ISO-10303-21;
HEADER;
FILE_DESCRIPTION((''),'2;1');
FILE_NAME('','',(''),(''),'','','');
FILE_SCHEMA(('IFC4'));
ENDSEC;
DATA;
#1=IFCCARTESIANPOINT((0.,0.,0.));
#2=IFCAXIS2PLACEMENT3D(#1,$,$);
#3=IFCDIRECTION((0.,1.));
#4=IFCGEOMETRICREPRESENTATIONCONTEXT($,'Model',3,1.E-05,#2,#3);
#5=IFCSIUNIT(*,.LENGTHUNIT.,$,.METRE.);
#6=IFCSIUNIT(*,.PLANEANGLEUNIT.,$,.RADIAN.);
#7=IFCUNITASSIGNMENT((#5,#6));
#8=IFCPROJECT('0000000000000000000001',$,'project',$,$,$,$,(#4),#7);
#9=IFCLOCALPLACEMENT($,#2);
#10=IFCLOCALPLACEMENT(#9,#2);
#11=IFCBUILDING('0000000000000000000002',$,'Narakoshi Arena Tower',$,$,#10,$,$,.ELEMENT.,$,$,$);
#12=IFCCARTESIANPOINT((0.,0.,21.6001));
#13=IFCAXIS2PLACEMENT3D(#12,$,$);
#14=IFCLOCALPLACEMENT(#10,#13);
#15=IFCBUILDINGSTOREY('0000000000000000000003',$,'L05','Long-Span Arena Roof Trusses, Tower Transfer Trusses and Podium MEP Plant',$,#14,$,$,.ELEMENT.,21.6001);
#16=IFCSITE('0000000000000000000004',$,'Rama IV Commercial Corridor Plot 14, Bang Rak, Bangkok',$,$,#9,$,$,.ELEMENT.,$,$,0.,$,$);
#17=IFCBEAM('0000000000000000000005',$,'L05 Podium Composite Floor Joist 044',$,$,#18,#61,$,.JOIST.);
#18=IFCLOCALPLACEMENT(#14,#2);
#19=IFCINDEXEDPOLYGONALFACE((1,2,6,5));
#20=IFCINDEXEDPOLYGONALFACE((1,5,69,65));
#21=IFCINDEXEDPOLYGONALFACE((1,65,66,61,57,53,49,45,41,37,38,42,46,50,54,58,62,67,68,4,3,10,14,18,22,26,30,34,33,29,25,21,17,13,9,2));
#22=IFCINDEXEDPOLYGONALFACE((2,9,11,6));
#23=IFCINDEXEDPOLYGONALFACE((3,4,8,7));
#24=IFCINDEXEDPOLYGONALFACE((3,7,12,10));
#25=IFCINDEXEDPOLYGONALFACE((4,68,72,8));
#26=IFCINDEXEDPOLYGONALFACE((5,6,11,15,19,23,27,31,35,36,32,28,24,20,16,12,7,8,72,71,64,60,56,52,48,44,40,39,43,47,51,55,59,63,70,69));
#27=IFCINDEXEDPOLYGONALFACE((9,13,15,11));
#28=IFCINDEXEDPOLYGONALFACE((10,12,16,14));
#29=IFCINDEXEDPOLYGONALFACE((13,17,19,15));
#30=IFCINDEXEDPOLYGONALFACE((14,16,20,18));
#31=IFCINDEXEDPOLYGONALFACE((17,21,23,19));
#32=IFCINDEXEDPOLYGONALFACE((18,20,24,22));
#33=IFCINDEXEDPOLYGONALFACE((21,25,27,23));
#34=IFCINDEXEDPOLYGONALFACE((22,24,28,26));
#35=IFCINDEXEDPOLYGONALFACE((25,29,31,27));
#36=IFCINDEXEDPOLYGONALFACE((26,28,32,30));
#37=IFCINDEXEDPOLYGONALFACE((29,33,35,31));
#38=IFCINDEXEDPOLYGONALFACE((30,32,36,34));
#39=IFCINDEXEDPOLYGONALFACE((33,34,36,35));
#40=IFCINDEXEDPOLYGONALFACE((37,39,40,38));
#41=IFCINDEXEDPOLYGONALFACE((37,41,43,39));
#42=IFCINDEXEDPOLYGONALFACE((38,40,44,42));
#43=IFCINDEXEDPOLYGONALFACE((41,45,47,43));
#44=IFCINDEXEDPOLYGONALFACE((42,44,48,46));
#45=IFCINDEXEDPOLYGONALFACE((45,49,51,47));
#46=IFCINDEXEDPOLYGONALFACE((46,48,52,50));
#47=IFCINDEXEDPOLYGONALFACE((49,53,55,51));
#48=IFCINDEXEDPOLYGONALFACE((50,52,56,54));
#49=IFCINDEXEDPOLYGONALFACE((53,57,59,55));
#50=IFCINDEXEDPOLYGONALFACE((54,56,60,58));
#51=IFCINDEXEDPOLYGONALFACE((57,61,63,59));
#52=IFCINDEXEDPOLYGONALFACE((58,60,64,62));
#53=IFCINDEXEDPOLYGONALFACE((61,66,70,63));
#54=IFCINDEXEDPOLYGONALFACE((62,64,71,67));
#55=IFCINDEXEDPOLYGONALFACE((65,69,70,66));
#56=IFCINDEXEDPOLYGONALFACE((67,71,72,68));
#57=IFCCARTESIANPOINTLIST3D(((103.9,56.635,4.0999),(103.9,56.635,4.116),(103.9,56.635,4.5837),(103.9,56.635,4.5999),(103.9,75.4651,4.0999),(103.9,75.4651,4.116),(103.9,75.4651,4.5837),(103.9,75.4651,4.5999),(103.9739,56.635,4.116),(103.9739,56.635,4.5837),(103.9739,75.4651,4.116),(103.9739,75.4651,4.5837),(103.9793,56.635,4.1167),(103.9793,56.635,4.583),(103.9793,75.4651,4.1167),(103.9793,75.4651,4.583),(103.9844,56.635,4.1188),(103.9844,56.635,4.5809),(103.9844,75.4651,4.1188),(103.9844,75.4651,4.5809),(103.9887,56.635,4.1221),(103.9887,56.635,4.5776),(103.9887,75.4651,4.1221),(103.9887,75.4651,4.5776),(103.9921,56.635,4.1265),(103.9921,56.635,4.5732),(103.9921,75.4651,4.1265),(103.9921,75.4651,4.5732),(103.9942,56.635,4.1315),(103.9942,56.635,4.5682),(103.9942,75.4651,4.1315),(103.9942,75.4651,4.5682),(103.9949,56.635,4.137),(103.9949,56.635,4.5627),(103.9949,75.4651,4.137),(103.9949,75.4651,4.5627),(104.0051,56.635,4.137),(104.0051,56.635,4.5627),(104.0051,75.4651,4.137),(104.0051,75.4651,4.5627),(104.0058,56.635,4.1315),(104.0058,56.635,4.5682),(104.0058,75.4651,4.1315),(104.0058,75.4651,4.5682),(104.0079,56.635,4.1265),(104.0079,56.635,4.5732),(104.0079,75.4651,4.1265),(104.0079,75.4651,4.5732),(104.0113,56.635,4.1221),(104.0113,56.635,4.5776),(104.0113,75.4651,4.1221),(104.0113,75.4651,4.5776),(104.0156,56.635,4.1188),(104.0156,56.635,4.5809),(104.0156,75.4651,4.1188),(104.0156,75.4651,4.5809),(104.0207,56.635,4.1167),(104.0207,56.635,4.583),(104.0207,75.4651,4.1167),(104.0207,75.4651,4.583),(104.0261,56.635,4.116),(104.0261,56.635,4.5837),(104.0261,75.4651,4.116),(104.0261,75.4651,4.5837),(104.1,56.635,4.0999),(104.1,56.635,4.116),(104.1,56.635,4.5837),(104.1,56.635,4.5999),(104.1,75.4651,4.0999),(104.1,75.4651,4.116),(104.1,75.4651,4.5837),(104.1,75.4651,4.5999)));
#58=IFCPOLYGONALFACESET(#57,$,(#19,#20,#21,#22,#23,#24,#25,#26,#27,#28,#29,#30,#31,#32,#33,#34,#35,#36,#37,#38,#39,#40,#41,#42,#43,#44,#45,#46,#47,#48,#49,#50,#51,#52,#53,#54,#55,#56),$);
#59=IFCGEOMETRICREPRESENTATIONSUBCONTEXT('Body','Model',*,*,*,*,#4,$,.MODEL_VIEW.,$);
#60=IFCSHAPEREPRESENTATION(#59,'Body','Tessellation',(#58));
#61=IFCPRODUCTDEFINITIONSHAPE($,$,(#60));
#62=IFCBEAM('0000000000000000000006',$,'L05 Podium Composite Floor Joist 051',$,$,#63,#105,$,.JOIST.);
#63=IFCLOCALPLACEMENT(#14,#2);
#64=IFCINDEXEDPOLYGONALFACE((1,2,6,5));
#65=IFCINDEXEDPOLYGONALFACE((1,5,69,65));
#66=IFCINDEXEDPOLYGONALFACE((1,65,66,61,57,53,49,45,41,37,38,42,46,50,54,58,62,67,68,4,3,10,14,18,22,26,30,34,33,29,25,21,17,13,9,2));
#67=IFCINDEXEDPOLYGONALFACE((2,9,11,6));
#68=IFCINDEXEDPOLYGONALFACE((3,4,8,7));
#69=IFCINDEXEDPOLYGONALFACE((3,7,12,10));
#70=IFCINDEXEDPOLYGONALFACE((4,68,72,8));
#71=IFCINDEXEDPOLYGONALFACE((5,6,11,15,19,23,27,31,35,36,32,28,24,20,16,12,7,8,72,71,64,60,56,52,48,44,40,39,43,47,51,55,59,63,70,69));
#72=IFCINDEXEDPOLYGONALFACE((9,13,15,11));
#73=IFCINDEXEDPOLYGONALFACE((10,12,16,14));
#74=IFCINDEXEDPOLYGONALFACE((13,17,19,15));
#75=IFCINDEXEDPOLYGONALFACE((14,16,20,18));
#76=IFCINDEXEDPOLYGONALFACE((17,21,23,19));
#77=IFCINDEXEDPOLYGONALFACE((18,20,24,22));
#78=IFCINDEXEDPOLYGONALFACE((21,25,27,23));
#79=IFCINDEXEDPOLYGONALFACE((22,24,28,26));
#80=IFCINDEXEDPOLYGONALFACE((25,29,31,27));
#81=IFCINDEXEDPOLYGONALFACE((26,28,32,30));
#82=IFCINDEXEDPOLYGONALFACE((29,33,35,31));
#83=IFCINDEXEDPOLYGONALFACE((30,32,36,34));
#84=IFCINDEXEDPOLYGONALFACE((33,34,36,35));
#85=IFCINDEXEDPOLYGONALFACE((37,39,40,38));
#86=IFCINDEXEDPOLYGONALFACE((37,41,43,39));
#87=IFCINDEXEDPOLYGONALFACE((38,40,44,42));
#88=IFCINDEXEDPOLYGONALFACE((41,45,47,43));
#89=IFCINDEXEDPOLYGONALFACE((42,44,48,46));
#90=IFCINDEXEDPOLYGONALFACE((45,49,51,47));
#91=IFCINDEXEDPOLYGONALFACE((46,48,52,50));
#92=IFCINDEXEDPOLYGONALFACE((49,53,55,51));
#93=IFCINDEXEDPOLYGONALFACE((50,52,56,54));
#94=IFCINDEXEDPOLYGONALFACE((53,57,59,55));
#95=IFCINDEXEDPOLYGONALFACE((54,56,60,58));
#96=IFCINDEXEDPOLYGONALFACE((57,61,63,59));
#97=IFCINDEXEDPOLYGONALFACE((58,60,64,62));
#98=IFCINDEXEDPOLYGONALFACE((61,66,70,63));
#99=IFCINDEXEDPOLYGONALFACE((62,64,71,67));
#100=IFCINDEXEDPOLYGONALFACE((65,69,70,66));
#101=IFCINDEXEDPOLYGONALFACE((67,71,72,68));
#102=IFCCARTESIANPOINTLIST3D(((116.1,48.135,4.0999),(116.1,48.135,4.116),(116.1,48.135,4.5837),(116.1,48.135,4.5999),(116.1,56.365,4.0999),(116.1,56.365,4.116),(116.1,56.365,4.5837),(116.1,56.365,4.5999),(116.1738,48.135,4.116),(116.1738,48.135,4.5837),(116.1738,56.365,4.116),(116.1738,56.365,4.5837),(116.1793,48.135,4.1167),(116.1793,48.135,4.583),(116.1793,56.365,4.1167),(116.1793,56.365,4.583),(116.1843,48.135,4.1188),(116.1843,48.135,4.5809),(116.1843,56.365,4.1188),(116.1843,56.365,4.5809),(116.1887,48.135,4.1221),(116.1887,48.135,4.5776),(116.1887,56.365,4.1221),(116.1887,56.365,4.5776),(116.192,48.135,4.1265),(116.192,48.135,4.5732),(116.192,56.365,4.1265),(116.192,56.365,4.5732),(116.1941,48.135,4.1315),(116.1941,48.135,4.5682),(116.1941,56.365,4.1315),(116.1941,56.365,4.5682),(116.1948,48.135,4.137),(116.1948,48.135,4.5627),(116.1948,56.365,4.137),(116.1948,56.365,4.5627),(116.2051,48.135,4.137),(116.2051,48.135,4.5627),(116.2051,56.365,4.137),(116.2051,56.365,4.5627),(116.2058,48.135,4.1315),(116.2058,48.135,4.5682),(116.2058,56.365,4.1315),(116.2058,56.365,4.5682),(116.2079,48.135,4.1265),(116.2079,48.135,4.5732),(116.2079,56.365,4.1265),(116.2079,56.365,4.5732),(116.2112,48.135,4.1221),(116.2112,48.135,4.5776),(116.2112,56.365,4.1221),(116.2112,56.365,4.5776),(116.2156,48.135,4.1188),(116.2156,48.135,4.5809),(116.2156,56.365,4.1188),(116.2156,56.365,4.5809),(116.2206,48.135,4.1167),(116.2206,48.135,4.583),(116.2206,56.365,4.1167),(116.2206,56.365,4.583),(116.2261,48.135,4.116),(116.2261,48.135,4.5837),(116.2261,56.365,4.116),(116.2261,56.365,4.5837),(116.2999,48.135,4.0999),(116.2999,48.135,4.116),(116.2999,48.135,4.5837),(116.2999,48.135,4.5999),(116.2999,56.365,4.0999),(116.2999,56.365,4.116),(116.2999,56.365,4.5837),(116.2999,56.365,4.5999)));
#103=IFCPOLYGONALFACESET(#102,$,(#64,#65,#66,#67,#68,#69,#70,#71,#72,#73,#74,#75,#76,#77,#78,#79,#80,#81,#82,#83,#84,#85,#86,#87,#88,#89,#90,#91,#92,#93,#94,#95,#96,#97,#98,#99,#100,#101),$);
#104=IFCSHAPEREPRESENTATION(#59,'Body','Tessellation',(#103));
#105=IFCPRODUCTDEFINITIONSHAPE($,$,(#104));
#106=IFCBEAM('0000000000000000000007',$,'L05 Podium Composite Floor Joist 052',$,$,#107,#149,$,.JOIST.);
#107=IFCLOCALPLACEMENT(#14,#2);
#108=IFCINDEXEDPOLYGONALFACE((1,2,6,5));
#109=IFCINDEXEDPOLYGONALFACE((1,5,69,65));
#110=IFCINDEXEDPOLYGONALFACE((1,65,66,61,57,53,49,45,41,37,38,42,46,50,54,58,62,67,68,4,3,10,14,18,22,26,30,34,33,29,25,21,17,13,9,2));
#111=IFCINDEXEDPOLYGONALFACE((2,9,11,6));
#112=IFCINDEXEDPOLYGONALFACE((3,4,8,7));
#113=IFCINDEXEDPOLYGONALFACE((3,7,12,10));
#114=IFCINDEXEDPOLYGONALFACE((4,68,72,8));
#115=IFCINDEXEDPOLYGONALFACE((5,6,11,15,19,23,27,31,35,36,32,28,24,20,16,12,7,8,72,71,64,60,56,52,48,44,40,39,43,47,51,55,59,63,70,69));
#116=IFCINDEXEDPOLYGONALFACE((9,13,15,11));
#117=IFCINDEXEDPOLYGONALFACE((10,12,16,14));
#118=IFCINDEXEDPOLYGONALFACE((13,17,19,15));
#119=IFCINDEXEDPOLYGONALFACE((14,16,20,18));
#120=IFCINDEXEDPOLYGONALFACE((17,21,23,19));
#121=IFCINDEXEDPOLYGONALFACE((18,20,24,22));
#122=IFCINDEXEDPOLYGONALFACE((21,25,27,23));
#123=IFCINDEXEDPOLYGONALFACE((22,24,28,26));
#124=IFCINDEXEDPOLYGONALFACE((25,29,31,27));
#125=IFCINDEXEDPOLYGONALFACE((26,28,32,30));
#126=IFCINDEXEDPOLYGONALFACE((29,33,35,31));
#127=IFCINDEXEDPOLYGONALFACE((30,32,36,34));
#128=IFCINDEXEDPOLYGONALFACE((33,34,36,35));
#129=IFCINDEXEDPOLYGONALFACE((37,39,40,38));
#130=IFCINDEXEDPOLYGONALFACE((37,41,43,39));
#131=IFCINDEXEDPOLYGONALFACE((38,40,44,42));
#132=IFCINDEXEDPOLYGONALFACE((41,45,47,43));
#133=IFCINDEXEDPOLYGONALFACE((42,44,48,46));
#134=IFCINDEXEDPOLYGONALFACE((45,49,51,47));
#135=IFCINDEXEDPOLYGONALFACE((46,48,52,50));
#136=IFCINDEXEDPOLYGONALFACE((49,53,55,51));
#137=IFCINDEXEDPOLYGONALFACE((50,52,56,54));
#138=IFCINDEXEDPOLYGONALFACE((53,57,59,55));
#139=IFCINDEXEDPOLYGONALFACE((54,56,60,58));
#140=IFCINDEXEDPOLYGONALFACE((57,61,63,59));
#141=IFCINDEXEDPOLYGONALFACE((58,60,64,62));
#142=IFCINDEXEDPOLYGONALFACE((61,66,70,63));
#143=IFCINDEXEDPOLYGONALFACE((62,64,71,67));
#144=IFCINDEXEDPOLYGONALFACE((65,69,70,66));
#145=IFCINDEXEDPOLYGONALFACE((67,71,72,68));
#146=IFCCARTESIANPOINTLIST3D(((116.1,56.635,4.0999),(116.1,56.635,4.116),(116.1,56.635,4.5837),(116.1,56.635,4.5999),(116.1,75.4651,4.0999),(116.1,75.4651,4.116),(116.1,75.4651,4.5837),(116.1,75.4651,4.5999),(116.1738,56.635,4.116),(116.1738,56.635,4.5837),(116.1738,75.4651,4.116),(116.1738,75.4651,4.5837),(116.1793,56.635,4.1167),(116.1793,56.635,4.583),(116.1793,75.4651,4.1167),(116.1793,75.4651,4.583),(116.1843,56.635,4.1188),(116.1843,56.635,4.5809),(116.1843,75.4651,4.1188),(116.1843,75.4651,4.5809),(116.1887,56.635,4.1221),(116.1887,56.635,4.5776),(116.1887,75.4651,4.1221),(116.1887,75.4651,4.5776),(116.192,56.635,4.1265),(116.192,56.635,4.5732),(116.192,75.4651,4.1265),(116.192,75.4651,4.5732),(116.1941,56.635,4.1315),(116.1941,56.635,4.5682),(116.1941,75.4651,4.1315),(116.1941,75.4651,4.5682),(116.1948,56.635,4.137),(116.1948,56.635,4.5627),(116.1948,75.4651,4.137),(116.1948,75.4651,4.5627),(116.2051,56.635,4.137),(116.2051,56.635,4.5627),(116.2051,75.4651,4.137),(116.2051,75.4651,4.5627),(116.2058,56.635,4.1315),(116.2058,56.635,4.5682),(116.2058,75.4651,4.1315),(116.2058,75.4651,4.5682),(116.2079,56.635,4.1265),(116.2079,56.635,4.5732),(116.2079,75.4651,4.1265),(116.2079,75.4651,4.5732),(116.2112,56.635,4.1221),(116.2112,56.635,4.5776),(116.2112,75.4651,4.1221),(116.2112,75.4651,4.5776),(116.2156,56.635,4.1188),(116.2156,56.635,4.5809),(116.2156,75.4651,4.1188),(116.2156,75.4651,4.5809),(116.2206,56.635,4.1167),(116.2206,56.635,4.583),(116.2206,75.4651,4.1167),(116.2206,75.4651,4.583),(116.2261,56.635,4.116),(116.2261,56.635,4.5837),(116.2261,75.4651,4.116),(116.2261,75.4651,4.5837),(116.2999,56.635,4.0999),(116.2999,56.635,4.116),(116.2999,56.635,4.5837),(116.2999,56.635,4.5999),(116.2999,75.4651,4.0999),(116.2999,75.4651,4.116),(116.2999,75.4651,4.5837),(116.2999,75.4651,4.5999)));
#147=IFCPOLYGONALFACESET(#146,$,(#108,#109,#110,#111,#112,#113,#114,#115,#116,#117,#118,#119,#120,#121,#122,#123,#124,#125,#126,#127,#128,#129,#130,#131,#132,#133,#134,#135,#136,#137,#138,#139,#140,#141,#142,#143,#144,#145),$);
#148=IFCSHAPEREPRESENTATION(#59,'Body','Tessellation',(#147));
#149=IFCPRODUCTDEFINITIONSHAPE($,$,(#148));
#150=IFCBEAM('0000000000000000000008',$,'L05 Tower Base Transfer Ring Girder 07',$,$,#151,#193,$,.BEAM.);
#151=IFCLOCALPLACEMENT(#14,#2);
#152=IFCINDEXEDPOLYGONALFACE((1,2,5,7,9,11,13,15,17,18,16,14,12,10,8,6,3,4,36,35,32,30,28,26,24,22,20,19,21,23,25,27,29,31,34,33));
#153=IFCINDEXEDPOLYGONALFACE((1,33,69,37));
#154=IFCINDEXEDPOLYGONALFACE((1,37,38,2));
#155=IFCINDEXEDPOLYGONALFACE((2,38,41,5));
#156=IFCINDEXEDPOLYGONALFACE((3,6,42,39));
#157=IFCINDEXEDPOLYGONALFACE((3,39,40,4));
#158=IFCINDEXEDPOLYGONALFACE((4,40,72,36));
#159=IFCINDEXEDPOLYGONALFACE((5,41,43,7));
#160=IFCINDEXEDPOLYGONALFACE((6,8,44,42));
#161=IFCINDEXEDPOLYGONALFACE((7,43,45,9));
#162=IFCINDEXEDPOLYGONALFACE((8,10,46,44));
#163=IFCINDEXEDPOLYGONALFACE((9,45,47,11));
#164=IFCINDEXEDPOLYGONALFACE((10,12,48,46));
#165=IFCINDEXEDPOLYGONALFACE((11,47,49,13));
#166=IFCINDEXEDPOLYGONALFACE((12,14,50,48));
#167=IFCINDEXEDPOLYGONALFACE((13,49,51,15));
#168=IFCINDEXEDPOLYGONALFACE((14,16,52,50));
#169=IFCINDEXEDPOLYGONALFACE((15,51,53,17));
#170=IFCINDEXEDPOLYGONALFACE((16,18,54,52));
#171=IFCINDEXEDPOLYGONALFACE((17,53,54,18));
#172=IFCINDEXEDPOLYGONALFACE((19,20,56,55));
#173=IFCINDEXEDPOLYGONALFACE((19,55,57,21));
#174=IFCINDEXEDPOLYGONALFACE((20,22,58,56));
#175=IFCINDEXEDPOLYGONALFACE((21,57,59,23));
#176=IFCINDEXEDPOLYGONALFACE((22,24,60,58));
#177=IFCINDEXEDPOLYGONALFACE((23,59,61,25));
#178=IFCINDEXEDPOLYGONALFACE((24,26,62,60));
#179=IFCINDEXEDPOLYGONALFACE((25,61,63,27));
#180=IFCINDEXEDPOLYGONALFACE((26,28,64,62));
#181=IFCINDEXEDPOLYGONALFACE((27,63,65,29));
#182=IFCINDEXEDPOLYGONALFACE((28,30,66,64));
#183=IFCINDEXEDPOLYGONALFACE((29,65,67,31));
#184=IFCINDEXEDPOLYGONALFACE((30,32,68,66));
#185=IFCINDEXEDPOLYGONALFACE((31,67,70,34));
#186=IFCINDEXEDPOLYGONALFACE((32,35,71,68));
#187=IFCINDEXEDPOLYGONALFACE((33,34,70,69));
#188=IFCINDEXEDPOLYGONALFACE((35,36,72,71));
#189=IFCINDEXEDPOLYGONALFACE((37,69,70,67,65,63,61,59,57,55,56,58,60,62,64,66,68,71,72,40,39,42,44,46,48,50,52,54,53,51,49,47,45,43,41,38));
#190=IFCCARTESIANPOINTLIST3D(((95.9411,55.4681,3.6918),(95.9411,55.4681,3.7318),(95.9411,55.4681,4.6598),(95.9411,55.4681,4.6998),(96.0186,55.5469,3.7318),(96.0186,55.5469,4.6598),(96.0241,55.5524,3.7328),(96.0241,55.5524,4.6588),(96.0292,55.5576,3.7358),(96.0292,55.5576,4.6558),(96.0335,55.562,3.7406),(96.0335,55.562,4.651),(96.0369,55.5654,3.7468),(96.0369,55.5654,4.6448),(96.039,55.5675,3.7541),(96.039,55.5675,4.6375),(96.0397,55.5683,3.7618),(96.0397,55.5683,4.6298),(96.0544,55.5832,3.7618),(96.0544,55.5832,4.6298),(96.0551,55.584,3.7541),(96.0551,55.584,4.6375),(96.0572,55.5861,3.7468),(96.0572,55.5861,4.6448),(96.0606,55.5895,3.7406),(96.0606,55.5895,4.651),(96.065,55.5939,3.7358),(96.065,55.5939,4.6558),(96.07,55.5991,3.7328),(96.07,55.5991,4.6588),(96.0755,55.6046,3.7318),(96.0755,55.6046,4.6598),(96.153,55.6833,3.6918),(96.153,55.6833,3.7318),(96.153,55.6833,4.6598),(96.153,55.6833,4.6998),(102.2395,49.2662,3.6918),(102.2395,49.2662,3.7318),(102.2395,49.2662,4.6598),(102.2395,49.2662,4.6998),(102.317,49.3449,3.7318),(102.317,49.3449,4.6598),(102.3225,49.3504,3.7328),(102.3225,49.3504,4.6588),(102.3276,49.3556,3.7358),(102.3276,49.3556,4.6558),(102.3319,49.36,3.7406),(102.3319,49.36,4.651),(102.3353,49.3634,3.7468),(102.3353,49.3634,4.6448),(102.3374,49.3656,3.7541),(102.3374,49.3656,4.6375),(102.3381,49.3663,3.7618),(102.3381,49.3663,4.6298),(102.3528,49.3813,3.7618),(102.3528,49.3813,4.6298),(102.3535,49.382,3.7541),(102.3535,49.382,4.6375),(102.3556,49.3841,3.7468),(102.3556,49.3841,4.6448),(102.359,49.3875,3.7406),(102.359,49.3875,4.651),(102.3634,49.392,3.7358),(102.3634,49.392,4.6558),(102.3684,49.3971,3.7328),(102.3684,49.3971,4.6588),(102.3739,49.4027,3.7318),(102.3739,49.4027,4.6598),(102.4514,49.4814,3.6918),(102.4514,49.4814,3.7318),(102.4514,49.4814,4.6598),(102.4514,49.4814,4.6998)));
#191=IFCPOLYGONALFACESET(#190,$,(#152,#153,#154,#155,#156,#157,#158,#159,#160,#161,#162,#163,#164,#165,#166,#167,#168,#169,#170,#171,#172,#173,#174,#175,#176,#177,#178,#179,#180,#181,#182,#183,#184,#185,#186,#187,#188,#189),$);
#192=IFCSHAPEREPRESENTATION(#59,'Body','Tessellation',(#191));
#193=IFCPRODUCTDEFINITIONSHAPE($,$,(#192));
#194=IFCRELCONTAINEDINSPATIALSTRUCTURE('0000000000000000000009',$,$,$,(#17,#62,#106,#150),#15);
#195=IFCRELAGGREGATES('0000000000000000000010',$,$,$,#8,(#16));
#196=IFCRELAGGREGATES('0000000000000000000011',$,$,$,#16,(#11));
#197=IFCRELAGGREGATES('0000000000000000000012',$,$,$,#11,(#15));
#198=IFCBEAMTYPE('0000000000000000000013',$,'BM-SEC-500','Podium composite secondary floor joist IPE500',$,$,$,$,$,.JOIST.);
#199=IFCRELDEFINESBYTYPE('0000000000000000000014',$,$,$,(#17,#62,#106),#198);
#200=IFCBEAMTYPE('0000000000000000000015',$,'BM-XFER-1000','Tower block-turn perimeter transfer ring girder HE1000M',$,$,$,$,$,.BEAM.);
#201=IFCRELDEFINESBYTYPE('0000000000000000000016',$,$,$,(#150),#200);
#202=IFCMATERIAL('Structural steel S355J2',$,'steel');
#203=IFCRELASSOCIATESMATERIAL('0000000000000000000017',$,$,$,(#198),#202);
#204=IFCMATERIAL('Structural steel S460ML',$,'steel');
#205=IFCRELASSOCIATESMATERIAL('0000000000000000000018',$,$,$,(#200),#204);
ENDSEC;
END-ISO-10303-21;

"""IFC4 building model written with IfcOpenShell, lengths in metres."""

from ifc_helpers import new_model, si_unit, direction, frame, origin, origin_2d, place, context, subcontext, project, spatial, i_section, extrude, material, material_profile, profile_set, type_object, element, save


model = new_model("IFC4")

# Units and contexts
model_context = context("Model", 3, precision=1e-05, world=origin(), true_north=direction((0.0, 1.0)))
body_context = subcontext(model_context, "Body", "Model", "MODEL_VIEW")
ifc_project = project(units=[si_unit("LENGTHUNIT", "METRE"), si_unit("PLANEANGLEUNIT", "RADIAN")], contexts=[model_context])

# Site, building, storey
site_placement = place(None, origin())
site = spatial("IfcSite", under=ifc_project, at=site_placement, Name="Rama IV Commercial Corridor Plot 14, Bang Rak, Bangkok", CompositionType="ELEMENT", RefElevation=0.0)
building_placement = place(site_placement, origin())
building = spatial("IfcBuilding", under=site, at=building_placement, Name="Narakoshi Arena Tower", CompositionType="ELEMENT")
storey_placement = place(building_placement, frame((0.0, 0.0, 21.6001)))
storey = spatial("IfcBuildingStorey", under=building, at=storey_placement, Name="L05", Description="Long-Span Arena Roof Trusses, Tower Transfer Trusses and Podium MEP Plant", CompositionType="ELEMENT", Elevation=21.6001)

# Shared definitions
ifc_material_1 = material(Name="Structural steel S355J2", Category="steel")

# Beams
ifc_material_2 = material(Name="Structural steel S460ML", Category="steel")
ifc_material_profile_1 = material_profile(ifc_material_1, i_section(OverallWidth=0.2, OverallDepth=0.5, WebThickness=0.0103, FlangeThickness=0.0161, FilletRadius=0.021, at=origin_2d()), Name="IPE500")
ifc_profile_set_1 = profile_set([ifc_material_profile_1], Name="Structural steel S355J2")
beam_type_1 = type_object("IfcBeamType", Name="BM-SEC-500", Description="Podium composite secondary floor joist IPE500", PredefinedType="JOIST", material=ifc_profile_set_1)
beam_1_placement = place(storey_placement, frame((104.0, 56.635, 4.3499), z_axis=(0.0, 1.0, 0.0), x_axis=(-1.0, 0.0, 0.0)))
element("IfcBeam", 1, at=beam_1_placement, inside=storey, type_object=beam_type_1, Name="L05 Podium Composite Floor Joist 044", PredefinedType="JOIST", context=body_context, shape_type="SweptSolid", body=[
    extrude(i_section(OverallWidth=0.2, OverallDepth=0.5, WebThickness=0.0103, FlangeThickness=0.0161, FilletRadius=0.021, at=origin_2d()), origin(), (0.0, 0.0, 1.0), 18.8301),
])
beam_2_placement = place(storey_placement, frame((116.2, 48.135, 4.3499), z_axis=(0.0, 1.0, 0.0), x_axis=(-1.0, 0.0, 0.0)))
element("IfcBeam", 2, at=beam_2_placement, inside=storey, type_object=beam_type_1, Name="L05 Podium Composite Floor Joist 051", PredefinedType="JOIST", context=body_context, shape_type="SweptSolid", body=[
    extrude(i_section(OverallWidth=0.2, OverallDepth=0.5, WebThickness=0.0103, FlangeThickness=0.0161, FilletRadius=0.021, at=origin_2d()), origin(), (0.0, 0.0, 1.0), 8.23),
])
beam_3_placement = place(storey_placement, frame((116.2, 56.635, 4.3499), z_axis=(0.0, 1.0, 0.0), x_axis=(-1.0, 0.0, 0.0)))
element("IfcBeam", 3, at=beam_3_placement, inside=storey, type_object=beam_type_1, Name="L05 Podium Composite Floor Joist 052", PredefinedType="JOIST", context=body_context, shape_type="SweptSolid", body=[
    extrude(i_section(OverallWidth=0.2, OverallDepth=0.5, WebThickness=0.0103, FlangeThickness=0.0161, FilletRadius=0.021, at=origin_2d()), origin(), (0.0, 0.0, 1.0), 18.8301),
])
ifc_material_profile_2 = material_profile(ifc_material_2, i_section(OverallWidth=0.302, OverallDepth=1.0081, WebThickness=0.021, FlangeThickness=0.04, FilletRadius=0.03, at=origin_2d()), Name="HE1000M")
ifc_profile_set_2 = profile_set([ifc_material_profile_2], Name="Structural steel S460ML")
beam_type_2 = type_object("IfcBeamType", Name="BM-XFER-1000", Description="Tower block-turn perimeter transfer ring girder HE1000M", PredefinedType="BEAM", material=ifc_profile_set_2)
beam_4_placement = place(storey_placement, frame((102.3455, 49.3738, 4.1958), z_axis=(-0.712541, 0.701631, 0.0), x_axis=(-0.701631, -0.712541, 0.0)))
element("IfcBeam", 4, at=beam_4_placement, inside=storey, type_object=beam_type_2, Name="L05 Tower Base Transfer Ring Girder 07", PredefinedType="BEAM", context=body_context, shape_type="SweptSolid", body=[
    extrude(i_section(OverallWidth=0.302, OverallDepth=1.0081, WebThickness=0.021, FlangeThickness=0.04, FilletRadius=0.03, at=origin_2d()), origin(), (0.0, 0.0, 1.0), 8.8394),
])

save(model, "model.ifc")
